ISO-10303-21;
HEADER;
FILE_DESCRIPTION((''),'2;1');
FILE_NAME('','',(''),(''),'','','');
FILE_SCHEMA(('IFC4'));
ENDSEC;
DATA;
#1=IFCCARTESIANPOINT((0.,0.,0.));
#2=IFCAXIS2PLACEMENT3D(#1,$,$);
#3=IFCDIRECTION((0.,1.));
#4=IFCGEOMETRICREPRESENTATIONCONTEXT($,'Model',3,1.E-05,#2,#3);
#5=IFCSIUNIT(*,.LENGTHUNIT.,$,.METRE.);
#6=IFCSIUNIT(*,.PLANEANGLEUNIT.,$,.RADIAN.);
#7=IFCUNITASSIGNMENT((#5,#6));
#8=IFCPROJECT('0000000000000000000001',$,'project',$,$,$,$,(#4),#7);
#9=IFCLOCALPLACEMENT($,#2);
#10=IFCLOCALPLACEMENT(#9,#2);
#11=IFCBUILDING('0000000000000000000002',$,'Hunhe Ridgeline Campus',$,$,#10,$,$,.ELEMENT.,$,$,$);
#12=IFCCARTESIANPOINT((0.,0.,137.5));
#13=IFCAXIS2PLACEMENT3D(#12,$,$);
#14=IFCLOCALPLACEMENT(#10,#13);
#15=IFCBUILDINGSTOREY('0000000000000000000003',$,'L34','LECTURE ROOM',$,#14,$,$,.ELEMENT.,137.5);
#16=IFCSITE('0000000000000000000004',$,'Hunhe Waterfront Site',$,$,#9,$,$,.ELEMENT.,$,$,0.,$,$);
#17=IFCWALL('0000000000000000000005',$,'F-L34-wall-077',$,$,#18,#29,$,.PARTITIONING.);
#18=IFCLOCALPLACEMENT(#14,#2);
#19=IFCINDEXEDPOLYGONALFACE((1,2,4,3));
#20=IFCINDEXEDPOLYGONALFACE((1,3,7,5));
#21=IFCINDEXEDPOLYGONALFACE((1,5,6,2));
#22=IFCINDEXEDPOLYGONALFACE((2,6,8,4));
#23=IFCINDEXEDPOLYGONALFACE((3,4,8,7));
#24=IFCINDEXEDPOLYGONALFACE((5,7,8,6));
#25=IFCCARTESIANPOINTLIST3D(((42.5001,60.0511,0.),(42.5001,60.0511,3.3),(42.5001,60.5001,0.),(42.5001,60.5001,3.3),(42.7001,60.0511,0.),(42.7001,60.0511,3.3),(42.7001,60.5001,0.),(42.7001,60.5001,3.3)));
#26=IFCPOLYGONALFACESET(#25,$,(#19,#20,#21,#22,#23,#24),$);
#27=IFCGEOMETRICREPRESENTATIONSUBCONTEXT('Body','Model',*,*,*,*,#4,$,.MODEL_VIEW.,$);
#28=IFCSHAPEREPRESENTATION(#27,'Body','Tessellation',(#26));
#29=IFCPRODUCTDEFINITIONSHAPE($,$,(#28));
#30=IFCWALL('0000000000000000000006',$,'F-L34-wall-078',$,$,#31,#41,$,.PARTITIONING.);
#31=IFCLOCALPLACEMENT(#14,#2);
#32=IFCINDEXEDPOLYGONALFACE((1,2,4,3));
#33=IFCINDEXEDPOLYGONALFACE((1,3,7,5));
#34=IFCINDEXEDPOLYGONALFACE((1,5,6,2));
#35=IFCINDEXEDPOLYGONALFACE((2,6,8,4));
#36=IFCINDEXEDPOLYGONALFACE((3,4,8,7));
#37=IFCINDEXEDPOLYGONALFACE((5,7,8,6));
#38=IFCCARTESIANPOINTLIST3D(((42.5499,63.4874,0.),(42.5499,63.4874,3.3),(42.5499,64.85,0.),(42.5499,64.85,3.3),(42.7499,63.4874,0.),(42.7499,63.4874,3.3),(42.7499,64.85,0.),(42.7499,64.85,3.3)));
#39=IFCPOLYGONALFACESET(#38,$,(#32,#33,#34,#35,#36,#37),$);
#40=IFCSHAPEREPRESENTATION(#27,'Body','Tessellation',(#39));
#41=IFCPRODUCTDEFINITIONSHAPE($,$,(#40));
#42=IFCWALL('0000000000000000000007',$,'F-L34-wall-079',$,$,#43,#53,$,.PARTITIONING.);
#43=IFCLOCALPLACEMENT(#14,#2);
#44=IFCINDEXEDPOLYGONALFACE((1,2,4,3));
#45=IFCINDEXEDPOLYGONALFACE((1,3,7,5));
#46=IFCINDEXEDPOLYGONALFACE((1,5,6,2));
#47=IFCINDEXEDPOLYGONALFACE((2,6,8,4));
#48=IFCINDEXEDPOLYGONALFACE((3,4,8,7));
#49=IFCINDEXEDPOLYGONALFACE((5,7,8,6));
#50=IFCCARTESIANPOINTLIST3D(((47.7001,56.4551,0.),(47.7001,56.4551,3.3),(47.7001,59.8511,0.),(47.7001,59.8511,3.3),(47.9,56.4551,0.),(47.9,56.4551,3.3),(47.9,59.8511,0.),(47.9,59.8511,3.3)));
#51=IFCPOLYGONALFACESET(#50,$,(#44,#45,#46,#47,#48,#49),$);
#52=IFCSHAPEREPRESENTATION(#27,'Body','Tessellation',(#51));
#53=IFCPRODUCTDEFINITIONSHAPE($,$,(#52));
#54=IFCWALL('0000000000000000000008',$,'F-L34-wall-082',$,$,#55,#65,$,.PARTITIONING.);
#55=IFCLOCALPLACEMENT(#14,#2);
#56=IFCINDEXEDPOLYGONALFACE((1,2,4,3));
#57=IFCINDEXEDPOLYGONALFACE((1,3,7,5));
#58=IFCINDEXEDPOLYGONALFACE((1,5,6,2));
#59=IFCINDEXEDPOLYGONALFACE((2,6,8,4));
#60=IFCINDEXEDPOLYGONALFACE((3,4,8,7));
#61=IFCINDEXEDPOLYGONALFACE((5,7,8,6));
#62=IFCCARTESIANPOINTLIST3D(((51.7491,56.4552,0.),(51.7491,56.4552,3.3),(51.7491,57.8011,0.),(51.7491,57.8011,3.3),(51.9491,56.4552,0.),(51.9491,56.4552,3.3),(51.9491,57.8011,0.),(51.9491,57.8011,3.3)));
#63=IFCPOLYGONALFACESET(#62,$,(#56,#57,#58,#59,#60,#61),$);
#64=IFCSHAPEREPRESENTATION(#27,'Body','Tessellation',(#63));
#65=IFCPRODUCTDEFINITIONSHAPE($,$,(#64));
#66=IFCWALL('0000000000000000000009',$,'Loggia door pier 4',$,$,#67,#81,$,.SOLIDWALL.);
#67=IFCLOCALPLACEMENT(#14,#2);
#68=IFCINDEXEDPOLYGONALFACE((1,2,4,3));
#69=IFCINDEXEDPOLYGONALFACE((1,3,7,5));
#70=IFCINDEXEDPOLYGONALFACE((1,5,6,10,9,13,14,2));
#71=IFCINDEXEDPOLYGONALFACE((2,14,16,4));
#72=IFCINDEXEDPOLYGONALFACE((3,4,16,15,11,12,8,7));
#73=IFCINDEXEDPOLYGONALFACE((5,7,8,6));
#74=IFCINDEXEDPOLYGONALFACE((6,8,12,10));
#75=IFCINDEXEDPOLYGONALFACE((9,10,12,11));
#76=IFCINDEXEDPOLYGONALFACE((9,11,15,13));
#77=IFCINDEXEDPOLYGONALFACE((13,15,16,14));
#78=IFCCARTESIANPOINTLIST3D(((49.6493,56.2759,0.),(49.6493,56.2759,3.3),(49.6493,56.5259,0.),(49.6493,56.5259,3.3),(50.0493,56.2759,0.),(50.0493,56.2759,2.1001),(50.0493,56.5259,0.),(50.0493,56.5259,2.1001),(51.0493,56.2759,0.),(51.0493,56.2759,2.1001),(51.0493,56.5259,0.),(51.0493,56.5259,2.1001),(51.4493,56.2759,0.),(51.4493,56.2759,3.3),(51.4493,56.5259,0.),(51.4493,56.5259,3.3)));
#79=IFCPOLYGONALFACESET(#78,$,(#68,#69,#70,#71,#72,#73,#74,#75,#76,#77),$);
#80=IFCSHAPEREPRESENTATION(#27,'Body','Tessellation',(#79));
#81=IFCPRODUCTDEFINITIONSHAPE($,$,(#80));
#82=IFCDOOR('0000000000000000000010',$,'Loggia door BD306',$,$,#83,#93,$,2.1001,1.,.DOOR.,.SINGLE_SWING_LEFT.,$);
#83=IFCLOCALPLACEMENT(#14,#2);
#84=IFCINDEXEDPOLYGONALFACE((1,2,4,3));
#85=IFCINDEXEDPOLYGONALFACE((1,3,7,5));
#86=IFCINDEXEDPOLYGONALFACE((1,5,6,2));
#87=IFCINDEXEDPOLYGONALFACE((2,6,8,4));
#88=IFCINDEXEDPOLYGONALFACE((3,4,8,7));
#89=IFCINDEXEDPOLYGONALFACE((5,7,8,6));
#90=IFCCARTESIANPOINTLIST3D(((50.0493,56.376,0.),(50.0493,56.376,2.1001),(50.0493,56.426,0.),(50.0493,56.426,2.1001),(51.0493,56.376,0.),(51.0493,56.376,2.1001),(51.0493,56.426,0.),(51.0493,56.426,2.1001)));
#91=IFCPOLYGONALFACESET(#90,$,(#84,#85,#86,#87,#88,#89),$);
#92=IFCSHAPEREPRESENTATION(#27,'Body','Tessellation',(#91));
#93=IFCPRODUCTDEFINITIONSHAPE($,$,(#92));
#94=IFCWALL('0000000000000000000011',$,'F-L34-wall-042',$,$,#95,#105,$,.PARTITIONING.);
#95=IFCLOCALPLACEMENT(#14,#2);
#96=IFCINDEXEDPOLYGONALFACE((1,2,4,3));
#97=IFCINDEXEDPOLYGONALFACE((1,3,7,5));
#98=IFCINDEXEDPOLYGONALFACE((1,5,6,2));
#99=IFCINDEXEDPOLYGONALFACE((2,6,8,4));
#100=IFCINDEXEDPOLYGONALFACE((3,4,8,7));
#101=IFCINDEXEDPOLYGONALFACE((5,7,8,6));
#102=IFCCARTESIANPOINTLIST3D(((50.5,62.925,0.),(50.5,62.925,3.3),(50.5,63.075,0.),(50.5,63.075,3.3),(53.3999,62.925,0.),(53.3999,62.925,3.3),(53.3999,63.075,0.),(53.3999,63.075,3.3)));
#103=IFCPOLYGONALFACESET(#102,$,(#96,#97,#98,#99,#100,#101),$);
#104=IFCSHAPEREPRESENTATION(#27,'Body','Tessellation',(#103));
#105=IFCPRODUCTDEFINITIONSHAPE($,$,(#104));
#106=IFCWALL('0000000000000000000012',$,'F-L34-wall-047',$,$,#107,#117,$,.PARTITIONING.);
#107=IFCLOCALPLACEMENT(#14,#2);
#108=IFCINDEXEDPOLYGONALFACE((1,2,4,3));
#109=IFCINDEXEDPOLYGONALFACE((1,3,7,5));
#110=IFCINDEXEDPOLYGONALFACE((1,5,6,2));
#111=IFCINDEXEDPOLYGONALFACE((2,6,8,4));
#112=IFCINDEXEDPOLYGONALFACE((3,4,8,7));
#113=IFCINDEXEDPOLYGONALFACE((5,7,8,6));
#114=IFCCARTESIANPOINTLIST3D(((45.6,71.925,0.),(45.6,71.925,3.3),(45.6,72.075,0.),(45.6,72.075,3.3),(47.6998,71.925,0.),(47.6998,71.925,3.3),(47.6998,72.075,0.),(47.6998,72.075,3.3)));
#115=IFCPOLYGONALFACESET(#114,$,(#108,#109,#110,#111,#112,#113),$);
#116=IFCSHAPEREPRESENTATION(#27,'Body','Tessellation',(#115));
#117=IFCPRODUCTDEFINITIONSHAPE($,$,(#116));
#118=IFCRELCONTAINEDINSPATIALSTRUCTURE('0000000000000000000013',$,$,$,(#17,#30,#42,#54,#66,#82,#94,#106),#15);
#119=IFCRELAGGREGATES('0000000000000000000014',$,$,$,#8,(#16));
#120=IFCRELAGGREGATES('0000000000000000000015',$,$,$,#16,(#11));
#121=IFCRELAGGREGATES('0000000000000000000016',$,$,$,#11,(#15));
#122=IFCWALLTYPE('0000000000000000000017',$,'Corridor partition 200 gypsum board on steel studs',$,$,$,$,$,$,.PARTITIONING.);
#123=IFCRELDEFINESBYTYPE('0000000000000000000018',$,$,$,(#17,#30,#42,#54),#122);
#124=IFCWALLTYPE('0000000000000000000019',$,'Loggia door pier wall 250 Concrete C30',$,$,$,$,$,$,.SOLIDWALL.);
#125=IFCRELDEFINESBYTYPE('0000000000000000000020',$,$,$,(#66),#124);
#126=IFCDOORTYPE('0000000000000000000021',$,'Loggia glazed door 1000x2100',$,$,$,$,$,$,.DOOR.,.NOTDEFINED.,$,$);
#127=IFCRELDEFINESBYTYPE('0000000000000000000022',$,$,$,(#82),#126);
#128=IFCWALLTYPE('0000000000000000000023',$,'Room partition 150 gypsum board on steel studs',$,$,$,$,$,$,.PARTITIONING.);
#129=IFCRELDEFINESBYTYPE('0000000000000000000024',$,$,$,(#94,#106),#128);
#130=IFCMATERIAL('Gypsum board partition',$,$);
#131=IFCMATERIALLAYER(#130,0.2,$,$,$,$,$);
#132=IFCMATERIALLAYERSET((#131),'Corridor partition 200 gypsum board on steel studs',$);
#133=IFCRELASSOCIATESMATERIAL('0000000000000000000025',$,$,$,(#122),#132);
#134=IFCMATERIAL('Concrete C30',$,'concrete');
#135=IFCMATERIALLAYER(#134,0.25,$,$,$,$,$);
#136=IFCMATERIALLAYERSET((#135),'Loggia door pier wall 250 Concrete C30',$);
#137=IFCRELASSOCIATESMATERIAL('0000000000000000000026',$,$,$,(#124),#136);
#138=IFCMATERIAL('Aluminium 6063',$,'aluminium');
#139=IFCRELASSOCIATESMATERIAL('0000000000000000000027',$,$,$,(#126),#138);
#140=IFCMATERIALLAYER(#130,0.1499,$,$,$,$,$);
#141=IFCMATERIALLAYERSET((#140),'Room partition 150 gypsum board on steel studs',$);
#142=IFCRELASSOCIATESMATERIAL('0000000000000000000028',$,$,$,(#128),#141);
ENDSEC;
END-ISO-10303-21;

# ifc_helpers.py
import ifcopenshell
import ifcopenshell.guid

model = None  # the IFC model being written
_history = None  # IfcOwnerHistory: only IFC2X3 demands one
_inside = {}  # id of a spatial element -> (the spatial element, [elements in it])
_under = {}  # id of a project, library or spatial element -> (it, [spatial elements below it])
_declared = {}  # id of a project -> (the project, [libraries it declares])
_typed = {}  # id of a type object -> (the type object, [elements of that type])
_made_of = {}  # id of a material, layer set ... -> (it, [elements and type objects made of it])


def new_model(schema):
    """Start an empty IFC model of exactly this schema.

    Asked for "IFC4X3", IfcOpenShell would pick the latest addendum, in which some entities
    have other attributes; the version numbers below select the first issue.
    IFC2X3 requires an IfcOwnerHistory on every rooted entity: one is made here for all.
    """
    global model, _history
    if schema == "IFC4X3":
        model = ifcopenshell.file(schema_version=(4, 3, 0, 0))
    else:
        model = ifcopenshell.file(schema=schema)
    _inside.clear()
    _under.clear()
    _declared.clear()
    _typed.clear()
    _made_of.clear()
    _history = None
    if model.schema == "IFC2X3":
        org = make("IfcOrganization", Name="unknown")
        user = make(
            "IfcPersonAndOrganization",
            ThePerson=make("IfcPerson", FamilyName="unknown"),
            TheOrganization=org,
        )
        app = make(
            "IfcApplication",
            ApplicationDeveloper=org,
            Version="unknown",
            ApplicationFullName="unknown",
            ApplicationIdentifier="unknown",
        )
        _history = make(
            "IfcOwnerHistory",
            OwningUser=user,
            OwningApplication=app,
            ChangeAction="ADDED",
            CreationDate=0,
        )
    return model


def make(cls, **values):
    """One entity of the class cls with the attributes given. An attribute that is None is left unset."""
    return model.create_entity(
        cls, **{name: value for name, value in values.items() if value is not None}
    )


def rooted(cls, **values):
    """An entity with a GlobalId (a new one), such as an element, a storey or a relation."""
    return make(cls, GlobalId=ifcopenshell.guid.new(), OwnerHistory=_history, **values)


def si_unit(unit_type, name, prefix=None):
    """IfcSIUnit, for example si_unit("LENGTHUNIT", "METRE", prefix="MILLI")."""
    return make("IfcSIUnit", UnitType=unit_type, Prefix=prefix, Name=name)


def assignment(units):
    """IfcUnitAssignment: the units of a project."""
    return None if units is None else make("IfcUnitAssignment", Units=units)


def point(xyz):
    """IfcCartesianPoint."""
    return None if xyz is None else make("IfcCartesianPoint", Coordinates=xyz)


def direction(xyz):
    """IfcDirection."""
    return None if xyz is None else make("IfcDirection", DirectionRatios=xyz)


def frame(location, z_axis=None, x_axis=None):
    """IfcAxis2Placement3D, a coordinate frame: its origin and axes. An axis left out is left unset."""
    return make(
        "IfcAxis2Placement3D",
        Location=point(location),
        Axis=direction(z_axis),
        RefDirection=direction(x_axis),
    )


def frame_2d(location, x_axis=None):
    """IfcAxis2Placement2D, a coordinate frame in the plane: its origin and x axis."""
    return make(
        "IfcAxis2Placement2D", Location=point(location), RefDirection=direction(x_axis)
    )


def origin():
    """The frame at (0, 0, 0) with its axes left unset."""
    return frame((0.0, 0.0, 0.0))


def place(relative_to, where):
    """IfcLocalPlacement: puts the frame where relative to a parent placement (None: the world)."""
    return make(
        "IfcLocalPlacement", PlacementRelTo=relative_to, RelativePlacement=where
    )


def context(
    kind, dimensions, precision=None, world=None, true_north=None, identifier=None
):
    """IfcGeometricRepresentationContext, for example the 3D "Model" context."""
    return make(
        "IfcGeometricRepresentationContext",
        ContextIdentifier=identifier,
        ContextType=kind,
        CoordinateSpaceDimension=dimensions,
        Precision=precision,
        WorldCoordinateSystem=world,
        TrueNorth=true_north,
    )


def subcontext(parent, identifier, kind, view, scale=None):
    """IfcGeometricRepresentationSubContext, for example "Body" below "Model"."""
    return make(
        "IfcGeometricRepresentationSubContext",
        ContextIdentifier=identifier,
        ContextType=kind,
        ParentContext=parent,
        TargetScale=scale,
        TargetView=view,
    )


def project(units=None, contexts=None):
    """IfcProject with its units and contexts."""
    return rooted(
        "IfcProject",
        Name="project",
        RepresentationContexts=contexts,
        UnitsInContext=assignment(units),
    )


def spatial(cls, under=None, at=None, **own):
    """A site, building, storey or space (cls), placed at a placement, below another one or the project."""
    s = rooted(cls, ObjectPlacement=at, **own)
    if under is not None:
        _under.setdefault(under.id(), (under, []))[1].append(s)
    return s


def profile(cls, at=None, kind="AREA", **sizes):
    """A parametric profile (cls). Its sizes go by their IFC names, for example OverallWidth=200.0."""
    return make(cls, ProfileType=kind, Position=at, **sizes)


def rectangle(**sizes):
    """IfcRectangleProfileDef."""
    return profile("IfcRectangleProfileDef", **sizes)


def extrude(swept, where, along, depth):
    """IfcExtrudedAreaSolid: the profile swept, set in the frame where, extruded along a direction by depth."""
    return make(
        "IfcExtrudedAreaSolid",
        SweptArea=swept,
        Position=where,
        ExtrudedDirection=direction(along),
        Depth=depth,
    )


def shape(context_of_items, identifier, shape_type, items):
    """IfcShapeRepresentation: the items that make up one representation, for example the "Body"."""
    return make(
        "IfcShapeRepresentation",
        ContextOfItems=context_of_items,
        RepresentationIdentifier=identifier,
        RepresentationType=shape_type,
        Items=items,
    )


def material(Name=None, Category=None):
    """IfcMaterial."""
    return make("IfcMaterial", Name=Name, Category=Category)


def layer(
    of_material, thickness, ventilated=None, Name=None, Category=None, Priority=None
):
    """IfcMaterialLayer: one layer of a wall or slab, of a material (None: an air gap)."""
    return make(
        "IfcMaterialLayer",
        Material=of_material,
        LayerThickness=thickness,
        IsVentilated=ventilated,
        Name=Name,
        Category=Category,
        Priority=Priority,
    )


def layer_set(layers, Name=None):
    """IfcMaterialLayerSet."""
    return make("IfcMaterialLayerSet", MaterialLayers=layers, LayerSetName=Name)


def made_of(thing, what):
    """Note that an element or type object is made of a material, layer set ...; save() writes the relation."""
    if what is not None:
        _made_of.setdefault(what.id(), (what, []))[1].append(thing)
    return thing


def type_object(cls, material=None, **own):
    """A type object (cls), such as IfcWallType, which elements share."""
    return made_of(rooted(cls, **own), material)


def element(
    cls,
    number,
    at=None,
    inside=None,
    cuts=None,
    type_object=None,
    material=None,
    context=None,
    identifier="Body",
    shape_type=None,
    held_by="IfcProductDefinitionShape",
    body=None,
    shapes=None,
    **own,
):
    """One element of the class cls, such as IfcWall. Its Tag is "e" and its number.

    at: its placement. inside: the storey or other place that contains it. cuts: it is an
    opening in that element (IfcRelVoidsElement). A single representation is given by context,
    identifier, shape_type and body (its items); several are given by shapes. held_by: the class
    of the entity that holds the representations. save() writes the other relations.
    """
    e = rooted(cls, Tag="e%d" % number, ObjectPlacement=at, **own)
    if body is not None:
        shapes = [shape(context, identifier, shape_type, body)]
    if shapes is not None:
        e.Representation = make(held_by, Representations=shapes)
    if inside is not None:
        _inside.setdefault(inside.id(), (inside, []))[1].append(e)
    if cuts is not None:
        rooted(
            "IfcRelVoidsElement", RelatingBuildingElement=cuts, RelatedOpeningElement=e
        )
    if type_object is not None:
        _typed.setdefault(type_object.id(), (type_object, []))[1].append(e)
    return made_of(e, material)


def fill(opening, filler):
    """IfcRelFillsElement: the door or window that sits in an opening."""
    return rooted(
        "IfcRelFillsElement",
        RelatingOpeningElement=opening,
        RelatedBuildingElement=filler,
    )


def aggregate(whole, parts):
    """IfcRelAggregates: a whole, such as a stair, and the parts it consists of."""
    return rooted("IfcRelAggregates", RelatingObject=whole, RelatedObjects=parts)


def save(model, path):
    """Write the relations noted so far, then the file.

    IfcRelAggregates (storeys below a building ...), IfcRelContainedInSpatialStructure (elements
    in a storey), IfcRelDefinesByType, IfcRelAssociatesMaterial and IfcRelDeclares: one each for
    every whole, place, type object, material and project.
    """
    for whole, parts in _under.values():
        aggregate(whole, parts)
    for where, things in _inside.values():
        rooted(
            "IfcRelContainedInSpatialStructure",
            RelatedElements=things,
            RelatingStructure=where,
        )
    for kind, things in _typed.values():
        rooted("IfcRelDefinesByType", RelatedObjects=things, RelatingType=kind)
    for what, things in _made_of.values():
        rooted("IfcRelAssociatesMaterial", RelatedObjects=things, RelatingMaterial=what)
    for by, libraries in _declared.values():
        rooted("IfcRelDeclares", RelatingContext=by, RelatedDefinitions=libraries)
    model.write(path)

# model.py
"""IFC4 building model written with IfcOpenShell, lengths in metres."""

from ifc_helpers import new_model, si_unit, direction, frame, frame_2d, origin, place, context, subcontext, project, spatial, rectangle, extrude, material, layer, layer_set, type_object, element, fill, save


model = new_model("IFC4")

# Units and contexts
model_context = context("Model", 3, precision=1e-05, world=origin(), true_north=direction((0.0, 1.0)))
body_context = subcontext(model_context, "Body", "Model", "MODEL_VIEW")
ifc_project = project(units=[si_unit("LENGTHUNIT", "METRE"), si_unit("PLANEANGLEUNIT", "RADIAN")], contexts=[model_context])

# Site, building, storey
site_placement = place(None, origin())
site = spatial("IfcSite", under=ifc_project, at=site_placement, Name="Hunhe Waterfront Site", CompositionType="ELEMENT", RefElevation=0.0)
building_placement = place(site_placement, origin())
building = spatial("IfcBuilding", under=site, at=building_placement, Name="Hunhe Ridgeline Campus", CompositionType="ELEMENT")
storey_placement = place(building_placement, frame((0.0, 0.0, 137.5)))
storey = spatial("IfcBuildingStorey", under=building, at=storey_placement, Name="L34", Description="LECTURE ROOM", CompositionType="ELEMENT", Elevation=137.5)

# Shared definitions
ifc_material_1 = material(Name="Aluminium 6063", Category="aluminium")

# Shared definitions
ifc_material_2 = material(Name="Concrete C30", Category="concrete")
ifc_material_3 = material(Name="Gypsum board partition")
ifc_layer_1 = layer(ifc_material_3, 0.2)
ifc_layer_set_1 = layer_set([ifc_layer_1], Name="Corridor partition 200 gypsum board on steel studs")
wall_type_1 = type_object("IfcWallType", Name="Corridor partition 200 gypsum board on steel studs", PredefinedType="PARTITIONING", material=ifc_layer_set_1)

# Walls
wall_1_placement = place(storey_placement, frame((42.6001, 60.051, 0.0), z_axis=(0.0, 0.0, 1.0), x_axis=(0.0, 1.0, 0.0)))
element("IfcWall", 1, at=wall_1_placement, inside=storey, type_object=wall_type_1, Name="F-L34-wall-077", PredefinedType="PARTITIONING", context=body_context, shape_type="SweptSolid", body=[
    extrude(rectangle(XDim=0.449, YDim=0.2, at=frame_2d((0.2246, 0.0))), origin(), (0.0, 0.0, 1.0), 3.3),
])
wall_2_placement = place(storey_placement, frame((42.6499, 63.4875, 0.0), z_axis=(0.0, 0.0, 1.0), x_axis=(0.0, 1.0, 0.0)))
element("IfcWall", 2, at=wall_2_placement, inside=storey, type_object=wall_type_1, Name="F-L34-wall-078", PredefinedType="PARTITIONING", context=body_context, shape_type="SweptSolid", body=[
    extrude(rectangle(XDim=1.3625, YDim=0.2, at=frame_2d((0.6812, 0.0))), origin(), (0.0, 0.0, 1.0), 3.3),
])
wall_3_placement = place(storey_placement, frame((47.8, 56.4551, 0.0), z_axis=(0.0, 0.0, 1.0), x_axis=(0.0, 1.0, 0.0)))
element("IfcWall", 3, at=wall_3_placement, inside=storey, type_object=wall_type_1, Name="F-L34-wall-079", PredefinedType="PARTITIONING", context=body_context, shape_type="SweptSolid", body=[
    extrude(rectangle(XDim=3.396, YDim=0.2, at=frame_2d((1.698, 0.0))), origin(), (0.0, 0.0, 1.0), 3.3),
])

# Wall
wall_4_placement = place(storey_placement, frame((51.8491, 57.801, 0.0), z_axis=(0.0, 0.0, 1.0), x_axis=(0.0, -1.0, 0.0)))
element("IfcWall", 4, at=wall_4_placement, inside=storey, type_object=wall_type_1, Name="F-L34-wall-082", PredefinedType="PARTITIONING", context=body_context, shape_type="SweptSolid", body=[
    extrude(rectangle(XDim=1.3459, YDim=0.2, at=frame_2d((0.6729, 0.0))), origin(), (0.0, 0.0, 1.0), 3.3),
])

# Wall, opening, door
ifc_layer_2 = layer(ifc_material_2, 0.25)
ifc_layer_set_2 = layer_set([ifc_layer_2], Name="Loggia door pier wall 250 Concrete C30")
wall_type_2 = type_object("IfcWallType", Name="Loggia door pier wall 250 Concrete C30", PredefinedType="SOLIDWALL", material=ifc_layer_set_2)
wall_5_placement = place(storey_placement, frame((49.6494, 56.4009, 0.0), z_axis=(0.0, 0.0, 1.0), x_axis=(1.0, 0.0, 0.0)))
wall_5 = element("IfcWall", 5, at=wall_5_placement, inside=storey, type_object=wall_type_2, Name="Loggia door pier 4", PredefinedType="SOLIDWALL", context=body_context, shape_type="SweptSolid", body=[
    extrude(rectangle(XDim=1.8, YDim=0.25, at=frame_2d((0.8999, 0.0))), origin(), (0.0, 0.0, 1.0), 3.3),
])
opening_1_placement = place(wall_5_placement, frame((0.3999, 0.0, 0.0)))
opening_1 = element("IfcOpeningElement", 6, at=opening_1_placement, cuts=wall_5, PredefinedType="OPENING", context=body_context, shape_type="SweptSolid", body=[
    extrude(rectangle(XDim=1.0, YDim=2.1001, at=frame_2d((0.5, 1.05))), frame((0.0, 0.125, 0.0), z_axis=(0.0, -1.0, 0.0), x_axis=(1.0, 0.0, 0.0)), (0.0, 0.0, 1.0), 0.25),
])
door_type_1 = type_object("IfcDoorType", Name="Loggia glazed door 1000x2100", OperationType="NOTDEFINED", PredefinedType="DOOR", material=ifc_material_1)
door_1_placement = place(opening_1_placement, frame((1.0, 0.0, 0.0), z_axis=(0.0, 0.0, 1.0), x_axis=(-1.0, 0.0, 0.0)))
door_1 = element("IfcDoor", 7, at=door_1_placement, inside=storey, type_object=door_type_1, Name="Loggia door BD306", OperationType="SINGLE_SWING_LEFT", OverallHeight=2.1001, OverallWidth=1.0, PredefinedType="DOOR", context=body_context, shape_type="SweptSolid", body=[
    extrude(rectangle(XDim=1.0, YDim=2.1001, at=frame_2d((0.5, 1.05))), frame((0.0, 0.0249, 0.0), z_axis=(0.0, -1.0, 0.0), x_axis=(1.0, 0.0, 0.0)), (0.0, 0.0, 1.0), 0.05),
])
fill(opening_1, door_1)

# Walls
ifc_layer_3 = layer(ifc_material_3, 0.1499)
ifc_layer_set_3 = layer_set([ifc_layer_3], Name="Room partition 150 gypsum board on steel studs")
wall_type_3 = type_object("IfcWallType", Name="Room partition 150 gypsum board on steel studs", PredefinedType="PARTITIONING", material=ifc_layer_set_3)
wall_6_placement = place(storey_placement, frame((50.5, 63.0, 0.0), z_axis=(0.0, 0.0, 1.0), x_axis=(1.0, 0.0, 0.0)))
element("IfcWall", 8, at=wall_6_placement, inside=storey, type_object=wall_type_3, Name="F-L34-wall-042", PredefinedType="PARTITIONING", context=body_context, shape_type="SweptSolid", body=[
    extrude(rectangle(XDim=2.8999, YDim=0.1499, at=frame_2d((1.45, 0.0))), origin(), (0.0, 0.0, 1.0), 3.3),
])
wall_7_placement = place(storey_placement, frame((45.6001, 72.0, 0.0), z_axis=(0.0, 0.0, 1.0), x_axis=(1.0, 0.0, 0.0)))
element("IfcWall", 9, at=wall_7_placement, inside=storey, type_object=wall_type_3, Name="F-L34-wall-047", PredefinedType="PARTITIONING", context=body_context, shape_type="SweptSolid", body=[
    extrude(rectangle(XDim=2.0999, YDim=0.1499, at=frame_2d((1.0498, 0.0))), origin(), (0.0, 0.0, 1.0), 3.3),
])

save(model, "model.ifc")
